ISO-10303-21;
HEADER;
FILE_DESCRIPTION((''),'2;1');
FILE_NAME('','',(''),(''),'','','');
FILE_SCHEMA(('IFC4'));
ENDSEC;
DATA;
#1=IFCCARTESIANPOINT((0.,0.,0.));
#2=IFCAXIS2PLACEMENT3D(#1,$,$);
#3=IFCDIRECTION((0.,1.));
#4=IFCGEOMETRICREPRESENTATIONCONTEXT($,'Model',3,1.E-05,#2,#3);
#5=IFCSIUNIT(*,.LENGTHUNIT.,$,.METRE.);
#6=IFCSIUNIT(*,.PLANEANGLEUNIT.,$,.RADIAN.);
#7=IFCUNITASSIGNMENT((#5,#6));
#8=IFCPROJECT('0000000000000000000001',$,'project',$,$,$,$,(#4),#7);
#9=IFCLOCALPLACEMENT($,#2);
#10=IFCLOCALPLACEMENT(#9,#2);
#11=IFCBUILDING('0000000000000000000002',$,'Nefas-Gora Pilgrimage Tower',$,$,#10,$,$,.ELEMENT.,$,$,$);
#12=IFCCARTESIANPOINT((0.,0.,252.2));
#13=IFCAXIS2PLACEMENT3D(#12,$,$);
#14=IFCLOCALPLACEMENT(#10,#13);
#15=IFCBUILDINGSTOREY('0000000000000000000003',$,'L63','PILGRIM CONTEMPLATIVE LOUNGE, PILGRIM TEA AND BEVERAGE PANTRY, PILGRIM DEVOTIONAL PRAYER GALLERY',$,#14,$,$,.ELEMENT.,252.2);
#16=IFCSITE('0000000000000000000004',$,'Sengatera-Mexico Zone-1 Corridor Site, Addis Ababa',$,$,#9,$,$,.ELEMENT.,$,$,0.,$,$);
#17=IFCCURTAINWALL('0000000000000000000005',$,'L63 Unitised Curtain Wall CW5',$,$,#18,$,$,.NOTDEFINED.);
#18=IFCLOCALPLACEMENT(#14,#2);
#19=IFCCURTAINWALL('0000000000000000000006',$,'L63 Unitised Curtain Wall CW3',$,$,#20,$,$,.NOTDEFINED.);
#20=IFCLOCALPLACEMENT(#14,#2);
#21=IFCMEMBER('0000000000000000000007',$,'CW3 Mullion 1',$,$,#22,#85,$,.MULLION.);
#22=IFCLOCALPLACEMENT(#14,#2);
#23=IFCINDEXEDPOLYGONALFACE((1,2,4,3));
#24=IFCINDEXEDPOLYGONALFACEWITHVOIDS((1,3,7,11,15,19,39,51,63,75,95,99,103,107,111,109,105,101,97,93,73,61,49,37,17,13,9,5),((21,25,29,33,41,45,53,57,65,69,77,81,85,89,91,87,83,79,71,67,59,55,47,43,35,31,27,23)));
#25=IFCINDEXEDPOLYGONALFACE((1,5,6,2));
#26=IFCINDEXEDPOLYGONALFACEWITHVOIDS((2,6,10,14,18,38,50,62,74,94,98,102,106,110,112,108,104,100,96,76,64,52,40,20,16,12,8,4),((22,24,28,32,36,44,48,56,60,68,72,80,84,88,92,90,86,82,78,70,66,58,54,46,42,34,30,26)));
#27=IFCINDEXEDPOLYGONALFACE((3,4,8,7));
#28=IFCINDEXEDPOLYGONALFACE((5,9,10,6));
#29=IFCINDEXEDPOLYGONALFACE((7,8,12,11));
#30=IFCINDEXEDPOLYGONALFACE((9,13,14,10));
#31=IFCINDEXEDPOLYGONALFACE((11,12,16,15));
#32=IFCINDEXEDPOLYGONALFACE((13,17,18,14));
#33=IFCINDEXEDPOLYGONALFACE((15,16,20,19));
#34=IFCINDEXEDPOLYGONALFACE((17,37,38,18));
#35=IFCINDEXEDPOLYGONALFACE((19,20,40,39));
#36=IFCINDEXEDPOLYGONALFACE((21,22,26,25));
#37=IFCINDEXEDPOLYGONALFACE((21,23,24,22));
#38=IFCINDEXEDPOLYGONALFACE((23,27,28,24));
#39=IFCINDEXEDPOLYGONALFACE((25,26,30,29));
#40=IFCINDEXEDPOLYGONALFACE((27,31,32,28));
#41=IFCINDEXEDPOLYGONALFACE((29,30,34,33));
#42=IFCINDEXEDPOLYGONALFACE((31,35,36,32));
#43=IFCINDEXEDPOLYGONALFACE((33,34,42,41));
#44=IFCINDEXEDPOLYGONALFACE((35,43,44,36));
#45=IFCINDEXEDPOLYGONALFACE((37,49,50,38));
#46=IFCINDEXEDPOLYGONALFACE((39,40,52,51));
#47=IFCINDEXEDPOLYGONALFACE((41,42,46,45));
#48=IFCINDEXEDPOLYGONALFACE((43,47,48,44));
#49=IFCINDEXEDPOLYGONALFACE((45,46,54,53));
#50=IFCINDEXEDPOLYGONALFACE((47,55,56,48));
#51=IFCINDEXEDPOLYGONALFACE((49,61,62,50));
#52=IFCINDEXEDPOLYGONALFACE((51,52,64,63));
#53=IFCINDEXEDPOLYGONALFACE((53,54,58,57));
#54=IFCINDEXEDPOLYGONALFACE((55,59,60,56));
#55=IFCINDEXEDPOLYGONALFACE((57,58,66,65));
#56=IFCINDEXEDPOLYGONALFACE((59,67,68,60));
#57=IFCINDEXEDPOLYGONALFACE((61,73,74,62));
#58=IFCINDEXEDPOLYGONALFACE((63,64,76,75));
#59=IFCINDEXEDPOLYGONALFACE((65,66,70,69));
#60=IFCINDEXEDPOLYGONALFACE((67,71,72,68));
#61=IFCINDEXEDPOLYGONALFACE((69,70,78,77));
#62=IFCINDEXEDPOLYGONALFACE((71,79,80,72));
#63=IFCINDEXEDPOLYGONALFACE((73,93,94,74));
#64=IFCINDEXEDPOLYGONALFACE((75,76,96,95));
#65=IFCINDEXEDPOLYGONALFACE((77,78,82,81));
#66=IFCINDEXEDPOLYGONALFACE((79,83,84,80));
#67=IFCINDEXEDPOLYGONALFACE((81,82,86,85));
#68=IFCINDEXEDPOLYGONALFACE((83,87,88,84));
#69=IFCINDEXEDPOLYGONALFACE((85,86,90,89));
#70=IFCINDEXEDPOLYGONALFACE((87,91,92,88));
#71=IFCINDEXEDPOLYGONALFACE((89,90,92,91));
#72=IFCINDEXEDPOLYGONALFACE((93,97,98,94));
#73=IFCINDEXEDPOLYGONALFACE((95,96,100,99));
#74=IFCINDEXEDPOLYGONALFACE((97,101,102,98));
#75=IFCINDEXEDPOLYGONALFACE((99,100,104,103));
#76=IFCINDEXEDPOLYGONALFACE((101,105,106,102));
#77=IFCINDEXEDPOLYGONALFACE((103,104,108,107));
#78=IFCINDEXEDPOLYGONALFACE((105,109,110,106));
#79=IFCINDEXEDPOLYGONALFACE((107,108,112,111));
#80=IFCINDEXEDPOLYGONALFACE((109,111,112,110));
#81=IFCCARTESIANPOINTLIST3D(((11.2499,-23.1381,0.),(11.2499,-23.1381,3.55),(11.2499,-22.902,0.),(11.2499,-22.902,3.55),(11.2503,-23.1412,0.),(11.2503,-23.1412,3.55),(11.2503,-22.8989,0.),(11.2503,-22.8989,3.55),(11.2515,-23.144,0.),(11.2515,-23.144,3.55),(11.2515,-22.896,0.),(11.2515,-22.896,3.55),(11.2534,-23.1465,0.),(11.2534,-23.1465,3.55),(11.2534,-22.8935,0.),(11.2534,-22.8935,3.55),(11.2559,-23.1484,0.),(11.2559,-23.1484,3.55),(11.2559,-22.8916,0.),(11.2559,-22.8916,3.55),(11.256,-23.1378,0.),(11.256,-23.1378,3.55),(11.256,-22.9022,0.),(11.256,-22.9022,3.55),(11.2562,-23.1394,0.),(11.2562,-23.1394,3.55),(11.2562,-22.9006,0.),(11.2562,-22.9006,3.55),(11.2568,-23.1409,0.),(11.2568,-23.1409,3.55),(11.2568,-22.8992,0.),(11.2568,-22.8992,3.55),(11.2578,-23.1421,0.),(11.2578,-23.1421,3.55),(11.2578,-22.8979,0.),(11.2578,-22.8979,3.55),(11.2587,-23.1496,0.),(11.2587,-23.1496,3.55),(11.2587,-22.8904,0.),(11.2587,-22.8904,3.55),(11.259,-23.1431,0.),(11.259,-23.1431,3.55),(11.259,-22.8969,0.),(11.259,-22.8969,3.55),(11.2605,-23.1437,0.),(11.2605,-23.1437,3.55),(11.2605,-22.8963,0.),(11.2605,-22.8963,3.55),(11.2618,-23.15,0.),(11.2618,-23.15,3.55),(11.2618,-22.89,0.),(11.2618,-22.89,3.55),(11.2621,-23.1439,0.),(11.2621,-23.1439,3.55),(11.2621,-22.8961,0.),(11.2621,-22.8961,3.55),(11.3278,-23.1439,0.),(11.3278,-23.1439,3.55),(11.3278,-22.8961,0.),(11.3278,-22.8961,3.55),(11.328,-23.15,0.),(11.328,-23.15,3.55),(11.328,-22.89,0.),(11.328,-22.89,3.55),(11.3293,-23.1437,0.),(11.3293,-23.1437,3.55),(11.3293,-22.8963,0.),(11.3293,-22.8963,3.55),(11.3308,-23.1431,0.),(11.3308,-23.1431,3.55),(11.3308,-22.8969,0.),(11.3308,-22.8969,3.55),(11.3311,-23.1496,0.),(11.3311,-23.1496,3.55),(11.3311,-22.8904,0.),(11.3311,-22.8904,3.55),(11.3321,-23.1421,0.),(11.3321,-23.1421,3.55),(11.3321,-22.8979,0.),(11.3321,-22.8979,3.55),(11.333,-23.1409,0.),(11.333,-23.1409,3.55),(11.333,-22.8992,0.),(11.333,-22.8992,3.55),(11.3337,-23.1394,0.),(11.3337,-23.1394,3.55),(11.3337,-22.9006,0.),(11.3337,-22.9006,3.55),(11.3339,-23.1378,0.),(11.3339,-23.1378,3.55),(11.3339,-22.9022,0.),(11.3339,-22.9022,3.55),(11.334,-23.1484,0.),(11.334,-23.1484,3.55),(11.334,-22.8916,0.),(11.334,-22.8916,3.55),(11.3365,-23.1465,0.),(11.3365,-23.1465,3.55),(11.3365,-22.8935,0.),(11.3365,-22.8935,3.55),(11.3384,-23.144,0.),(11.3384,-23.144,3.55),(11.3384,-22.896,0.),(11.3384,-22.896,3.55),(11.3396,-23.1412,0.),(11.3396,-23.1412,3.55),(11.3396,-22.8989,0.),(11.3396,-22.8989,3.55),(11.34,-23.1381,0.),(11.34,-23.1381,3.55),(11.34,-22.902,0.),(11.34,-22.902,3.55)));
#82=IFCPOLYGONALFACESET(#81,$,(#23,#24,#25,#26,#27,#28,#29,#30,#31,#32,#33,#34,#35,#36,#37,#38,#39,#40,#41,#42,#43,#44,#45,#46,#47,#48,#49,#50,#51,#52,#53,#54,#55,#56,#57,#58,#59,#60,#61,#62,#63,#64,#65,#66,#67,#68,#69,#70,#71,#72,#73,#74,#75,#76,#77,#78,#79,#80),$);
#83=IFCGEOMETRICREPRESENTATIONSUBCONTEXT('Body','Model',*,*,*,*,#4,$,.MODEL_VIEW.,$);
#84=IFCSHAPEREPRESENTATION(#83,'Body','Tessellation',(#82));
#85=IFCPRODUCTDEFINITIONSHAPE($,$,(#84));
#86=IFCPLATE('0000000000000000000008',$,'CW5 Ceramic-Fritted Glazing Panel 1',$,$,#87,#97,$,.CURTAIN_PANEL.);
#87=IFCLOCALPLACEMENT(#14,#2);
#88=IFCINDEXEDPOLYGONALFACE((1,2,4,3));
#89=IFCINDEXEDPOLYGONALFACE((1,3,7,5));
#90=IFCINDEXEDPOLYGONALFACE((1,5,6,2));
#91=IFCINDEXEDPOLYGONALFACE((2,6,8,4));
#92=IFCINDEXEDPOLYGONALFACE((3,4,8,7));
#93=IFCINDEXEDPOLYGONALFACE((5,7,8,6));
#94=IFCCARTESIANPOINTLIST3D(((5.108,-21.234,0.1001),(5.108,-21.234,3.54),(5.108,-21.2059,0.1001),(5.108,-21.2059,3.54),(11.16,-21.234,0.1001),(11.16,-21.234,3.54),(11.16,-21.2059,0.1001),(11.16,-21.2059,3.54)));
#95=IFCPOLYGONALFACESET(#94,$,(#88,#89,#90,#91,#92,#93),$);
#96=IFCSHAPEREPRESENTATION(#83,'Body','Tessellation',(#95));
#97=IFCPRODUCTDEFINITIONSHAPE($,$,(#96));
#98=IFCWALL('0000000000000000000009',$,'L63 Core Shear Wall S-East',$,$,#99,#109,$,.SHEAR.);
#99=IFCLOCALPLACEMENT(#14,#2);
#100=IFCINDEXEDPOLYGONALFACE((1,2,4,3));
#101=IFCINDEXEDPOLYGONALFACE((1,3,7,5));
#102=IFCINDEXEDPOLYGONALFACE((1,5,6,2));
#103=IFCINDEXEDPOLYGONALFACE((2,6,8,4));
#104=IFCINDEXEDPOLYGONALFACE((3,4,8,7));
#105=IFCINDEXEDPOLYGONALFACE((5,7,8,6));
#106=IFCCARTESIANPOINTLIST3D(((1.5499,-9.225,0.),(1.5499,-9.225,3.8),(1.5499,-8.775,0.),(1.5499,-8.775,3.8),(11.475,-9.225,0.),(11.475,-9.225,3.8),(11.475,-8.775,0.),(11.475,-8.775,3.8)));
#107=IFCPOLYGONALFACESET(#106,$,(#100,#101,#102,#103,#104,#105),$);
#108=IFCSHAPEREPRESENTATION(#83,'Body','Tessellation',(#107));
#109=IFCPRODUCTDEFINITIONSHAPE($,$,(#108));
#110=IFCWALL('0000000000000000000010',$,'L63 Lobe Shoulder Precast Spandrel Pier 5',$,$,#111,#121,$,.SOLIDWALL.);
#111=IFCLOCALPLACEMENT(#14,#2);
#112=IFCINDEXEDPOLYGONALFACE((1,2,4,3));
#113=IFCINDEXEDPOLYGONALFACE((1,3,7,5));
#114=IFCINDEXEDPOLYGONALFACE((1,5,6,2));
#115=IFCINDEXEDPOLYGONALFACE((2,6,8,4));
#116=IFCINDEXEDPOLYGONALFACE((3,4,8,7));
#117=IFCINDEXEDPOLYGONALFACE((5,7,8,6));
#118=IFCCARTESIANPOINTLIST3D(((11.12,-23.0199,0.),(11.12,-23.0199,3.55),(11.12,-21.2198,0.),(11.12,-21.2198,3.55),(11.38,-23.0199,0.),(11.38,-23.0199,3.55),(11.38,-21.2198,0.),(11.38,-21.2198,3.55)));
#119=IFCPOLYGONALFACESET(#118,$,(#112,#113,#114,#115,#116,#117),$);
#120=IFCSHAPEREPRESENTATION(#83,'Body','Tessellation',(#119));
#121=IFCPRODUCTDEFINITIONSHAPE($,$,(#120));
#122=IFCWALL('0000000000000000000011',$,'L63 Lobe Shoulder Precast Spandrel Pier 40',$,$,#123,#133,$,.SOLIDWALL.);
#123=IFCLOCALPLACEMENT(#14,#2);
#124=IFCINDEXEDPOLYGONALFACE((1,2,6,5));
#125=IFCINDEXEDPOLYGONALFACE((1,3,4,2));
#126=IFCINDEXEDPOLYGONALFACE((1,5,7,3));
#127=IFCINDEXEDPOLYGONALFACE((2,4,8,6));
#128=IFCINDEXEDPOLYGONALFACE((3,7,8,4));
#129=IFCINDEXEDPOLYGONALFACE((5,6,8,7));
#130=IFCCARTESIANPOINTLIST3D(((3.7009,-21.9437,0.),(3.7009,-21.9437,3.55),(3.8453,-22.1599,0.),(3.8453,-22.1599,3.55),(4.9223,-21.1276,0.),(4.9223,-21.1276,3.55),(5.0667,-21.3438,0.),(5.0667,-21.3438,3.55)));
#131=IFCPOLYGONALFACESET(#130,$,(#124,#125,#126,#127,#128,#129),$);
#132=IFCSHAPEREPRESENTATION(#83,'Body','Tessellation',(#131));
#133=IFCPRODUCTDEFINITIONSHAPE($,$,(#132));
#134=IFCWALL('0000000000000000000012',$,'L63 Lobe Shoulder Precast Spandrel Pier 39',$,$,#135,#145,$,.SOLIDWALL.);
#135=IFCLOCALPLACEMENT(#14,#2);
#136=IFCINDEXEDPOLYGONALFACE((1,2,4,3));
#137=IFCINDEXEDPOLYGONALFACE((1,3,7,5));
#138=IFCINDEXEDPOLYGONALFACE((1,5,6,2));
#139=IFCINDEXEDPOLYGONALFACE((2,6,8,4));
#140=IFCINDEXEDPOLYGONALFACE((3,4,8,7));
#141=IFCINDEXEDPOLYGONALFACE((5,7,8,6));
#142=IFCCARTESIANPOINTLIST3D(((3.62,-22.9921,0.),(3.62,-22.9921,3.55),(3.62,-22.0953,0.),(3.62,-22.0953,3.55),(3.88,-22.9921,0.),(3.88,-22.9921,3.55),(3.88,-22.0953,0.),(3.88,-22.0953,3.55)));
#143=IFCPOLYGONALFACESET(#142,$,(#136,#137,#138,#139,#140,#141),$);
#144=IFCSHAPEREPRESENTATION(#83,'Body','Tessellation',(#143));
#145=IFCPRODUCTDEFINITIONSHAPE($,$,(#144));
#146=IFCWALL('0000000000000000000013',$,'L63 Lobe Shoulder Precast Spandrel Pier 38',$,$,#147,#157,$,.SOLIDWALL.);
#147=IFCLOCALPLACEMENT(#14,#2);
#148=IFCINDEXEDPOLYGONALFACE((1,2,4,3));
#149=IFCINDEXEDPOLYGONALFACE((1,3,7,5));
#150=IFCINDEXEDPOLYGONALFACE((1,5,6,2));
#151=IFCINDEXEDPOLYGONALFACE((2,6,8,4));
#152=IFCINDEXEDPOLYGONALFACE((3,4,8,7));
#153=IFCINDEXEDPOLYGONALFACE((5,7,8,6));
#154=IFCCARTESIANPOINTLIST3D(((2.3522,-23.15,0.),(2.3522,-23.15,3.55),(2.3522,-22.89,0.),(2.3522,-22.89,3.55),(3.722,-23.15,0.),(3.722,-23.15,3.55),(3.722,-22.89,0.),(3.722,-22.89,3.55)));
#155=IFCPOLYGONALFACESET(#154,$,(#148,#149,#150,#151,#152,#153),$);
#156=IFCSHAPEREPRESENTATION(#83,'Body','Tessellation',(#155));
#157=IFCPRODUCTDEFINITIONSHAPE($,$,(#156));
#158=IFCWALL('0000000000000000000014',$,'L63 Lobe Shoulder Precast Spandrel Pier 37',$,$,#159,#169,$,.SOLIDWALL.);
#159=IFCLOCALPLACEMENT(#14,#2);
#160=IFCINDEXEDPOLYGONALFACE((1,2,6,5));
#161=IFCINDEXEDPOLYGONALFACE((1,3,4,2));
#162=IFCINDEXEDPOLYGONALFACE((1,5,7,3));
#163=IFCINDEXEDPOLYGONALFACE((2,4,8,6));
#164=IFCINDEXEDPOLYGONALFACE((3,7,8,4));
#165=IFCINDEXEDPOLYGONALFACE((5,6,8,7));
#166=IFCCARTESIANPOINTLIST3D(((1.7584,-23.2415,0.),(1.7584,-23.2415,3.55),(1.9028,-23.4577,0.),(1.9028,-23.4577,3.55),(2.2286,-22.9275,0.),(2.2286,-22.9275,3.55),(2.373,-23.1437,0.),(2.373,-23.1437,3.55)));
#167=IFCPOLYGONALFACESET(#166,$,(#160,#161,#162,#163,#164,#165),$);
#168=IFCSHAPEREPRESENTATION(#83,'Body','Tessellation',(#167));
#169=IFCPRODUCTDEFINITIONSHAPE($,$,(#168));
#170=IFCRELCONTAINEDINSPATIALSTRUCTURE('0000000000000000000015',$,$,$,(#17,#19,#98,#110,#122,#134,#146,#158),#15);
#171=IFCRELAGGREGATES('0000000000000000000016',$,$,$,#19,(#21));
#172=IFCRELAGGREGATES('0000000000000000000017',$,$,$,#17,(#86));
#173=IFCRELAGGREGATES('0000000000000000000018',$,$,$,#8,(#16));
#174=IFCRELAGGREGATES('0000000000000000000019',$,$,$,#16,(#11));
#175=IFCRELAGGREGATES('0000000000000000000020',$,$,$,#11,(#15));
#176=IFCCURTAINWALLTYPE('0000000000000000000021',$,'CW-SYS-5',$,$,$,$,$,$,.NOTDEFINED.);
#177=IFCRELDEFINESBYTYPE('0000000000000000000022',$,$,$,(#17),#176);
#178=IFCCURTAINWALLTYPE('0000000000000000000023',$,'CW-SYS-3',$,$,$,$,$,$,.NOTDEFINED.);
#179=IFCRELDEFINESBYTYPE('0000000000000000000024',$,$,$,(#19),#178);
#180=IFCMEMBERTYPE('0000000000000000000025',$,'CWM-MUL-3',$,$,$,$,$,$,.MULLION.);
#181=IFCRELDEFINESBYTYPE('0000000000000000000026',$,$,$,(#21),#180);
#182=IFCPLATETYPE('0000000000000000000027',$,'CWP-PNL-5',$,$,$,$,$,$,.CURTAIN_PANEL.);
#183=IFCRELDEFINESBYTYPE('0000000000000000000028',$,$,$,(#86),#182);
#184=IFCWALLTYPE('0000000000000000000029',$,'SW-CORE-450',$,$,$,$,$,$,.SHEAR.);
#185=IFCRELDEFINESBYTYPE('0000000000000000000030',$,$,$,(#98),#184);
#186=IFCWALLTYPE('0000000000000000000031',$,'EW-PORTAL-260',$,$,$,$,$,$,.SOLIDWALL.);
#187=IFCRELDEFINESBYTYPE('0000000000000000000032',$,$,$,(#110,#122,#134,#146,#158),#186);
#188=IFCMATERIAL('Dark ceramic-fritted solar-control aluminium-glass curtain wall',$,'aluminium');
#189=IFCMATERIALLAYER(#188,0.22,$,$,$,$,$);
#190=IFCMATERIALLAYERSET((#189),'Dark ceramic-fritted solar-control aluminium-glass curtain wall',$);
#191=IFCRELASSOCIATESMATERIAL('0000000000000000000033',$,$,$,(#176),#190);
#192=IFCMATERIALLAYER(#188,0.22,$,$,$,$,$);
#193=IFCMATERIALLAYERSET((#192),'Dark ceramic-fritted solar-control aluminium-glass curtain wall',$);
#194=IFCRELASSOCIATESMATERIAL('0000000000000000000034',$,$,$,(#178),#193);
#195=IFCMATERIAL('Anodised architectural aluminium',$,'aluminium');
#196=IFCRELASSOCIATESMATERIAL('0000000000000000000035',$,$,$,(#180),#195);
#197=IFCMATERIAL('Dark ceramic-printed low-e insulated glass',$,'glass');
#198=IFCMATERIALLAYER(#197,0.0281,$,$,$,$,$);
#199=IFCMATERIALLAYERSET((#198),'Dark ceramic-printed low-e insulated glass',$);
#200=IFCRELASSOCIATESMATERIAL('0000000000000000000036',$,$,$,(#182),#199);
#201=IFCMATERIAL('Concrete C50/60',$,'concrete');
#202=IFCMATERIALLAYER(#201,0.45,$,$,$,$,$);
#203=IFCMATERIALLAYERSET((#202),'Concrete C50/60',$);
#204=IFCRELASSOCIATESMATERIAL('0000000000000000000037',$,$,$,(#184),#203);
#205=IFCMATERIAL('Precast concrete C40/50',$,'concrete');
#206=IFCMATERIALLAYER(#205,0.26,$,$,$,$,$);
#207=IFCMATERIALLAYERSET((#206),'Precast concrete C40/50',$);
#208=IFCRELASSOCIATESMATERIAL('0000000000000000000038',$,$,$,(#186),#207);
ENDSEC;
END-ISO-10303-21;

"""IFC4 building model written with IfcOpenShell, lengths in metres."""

from ifc_helpers import new_model, si_unit, direction, frame, frame_2d, origin, origin_2d, place, context, subcontext, project, spatial, rectangle, hollow_rectangle, extrude, source, transform, mapped, material, layer, layer_set, material_profile, profile_set, type_object, element, aggregate, save


model = new_model("IFC4")

# Units and contexts
model_context = context("Model", 3, precision=1e-05, world=origin(), true_north=direction((0.0, 1.0)))
body_context = subcontext(model_context, "Body", "Model", "MODEL_VIEW")
ifc_project = project(units=[si_unit("LENGTHUNIT", "METRE"), si_unit("PLANEANGLEUNIT", "RADIAN")], contexts=[model_context])

# Site, building, storey
site_placement = place(None, origin())
site = spatial("IfcSite", under=ifc_project, at=site_placement, Name="Sengatera-Mexico Zone-1 Corridor Site, Addis Ababa", CompositionType="ELEMENT", RefElevation=0.0)
building_placement = place(site_placement, origin())
building = spatial("IfcBuilding", under=site, at=building_placement, Name="Nefas-Gora Pilgrimage Tower", CompositionType="ELEMENT")
storey_placement = place(building_placement, frame((0.0, 0.0, 252.2)))
storey = spatial("IfcBuildingStorey", under=building, at=storey_placement, Name="L63", Description="PILGRIM CONTEMPLATIVE LOUNGE, PILGRIM TEA AND BEVERAGE PANTRY, PILGRIM DEVOTIONAL PRAYER GALLERY", CompositionType="ELEMENT", Elevation=252.2)

# Curtain wall
ifc_material_1 = material(Name="Dark ceramic-fritted solar-control aluminium-glass curtain wall", Category="aluminium")
ifc_layer_1 = layer(ifc_material_1, 0.22)
ifc_layer_set_1 = layer_set([ifc_layer_1], Name="Dark ceramic-fritted solar-control aluminium-glass curtain wall")
curtain_wall_type_1 = type_object("IfcCurtainWallType", Name="CW-SYS-5", PredefinedType="NOTDEFINED", material=ifc_layer_set_1)
curtain_wall_1_placement = place(storey_placement, origin())
curtain_wall_1 = element("IfcCurtainWall", 1, at=curtain_wall_1_placement, inside=storey, type_object=curtain_wall_type_1, Name="L63 Unitised Curtain Wall CW5", PredefinedType="NOTDEFINED")
ifc_material_2 = material(Name="Anodised architectural aluminium", Category="aluminium")

# Curtain wall, member
ifc_layer_2 = layer(ifc_material_1, 0.22)
ifc_layer_set_2 = layer_set([ifc_layer_2], Name="Dark ceramic-fritted solar-control aluminium-glass curtain wall")
curtain_wall_type_2 = type_object("IfcCurtainWallType", Name="CW-SYS-3", PredefinedType="NOTDEFINED", material=ifc_layer_set_2)
curtain_wall_2_placement = place(storey_placement, origin())
curtain_wall_2 = element("IfcCurtainWall", 2, at=curtain_wall_2_placement, inside=storey, type_object=curtain_wall_type_2, Name="L63 Unitised Curtain Wall CW3", PredefinedType="NOTDEFINED")
ifc_material_profile_1 = material_profile(ifc_material_2, hollow_rectangle(XDim=0.0901, YDim=0.26, WallThickness=0.0061, InnerFilletRadius=0.0061, OuterFilletRadius=0.012, at=origin_2d()), Name="ALU MULLION 90x260")
ifc_profile_set_1 = profile_set([ifc_material_profile_1], Name="Anodised architectural aluminium")
member_type_1 = type_object("IfcMemberType", Name="CWM-MUL-3", PredefinedType="MULLION", material=ifc_profile_set_1)
shared_shape_1 = source(origin(), body_context, "Body", "SweptSolid", [
    extrude(hollow_rectangle(XDim=0.0901, YDim=0.26, WallThickness=0.0061, InnerFilletRadius=0.0061, OuterFilletRadius=0.012, at=origin_2d()), origin(), (0.0, 0.0, 1.0), 3.55),
])
member_1_placement = place(storey_placement, frame((11.2949, -23.02, 0.0), z_axis=(0.0, 0.0, 1.0), x_axis=(1.0, 0.0, 0.0)))
member_1 = element("IfcMember", 3, at=member_1_placement, type_object=member_type_1, Name="CW3 Mullion 1", PredefinedType="MULLION", context=body_context, shape_type="MappedRepresentation", body=[
    mapped(shared_shape_1, transform((0.0, 0.0, 0.0), x_axis=(1.0, 0.0, 0.0), y_axis=(0.0, 1.0, 0.0), z_axis=(0.0, 0.0, 1.0), scale=1.0)),
])
aggregate(curtain_wall_2, [member_1])

# Plate
ifc_material_3 = material(Name="Dark ceramic-printed low-e insulated glass", Category="glass")
ifc_layer_3 = layer(ifc_material_3, 0.0281)
ifc_layer_set_3 = layer_set([ifc_layer_3], Name="Dark ceramic-printed low-e insulated glass")
plate_type = type_object("IfcPlateType", Name="CWP-PNL-5", PredefinedType="CURTAIN_PANEL", material=ifc_layer_set_3)
shared_shape_2 = source(origin(), body_context, "Body", "SweptSolid", [
    extrude(rectangle(XDim=6.052, YDim=0.0281, at=origin_2d()), origin(), (0.0, 0.0, 1.0), 3.4399),
])
plate_placement = place(storey_placement, frame((8.134, -21.22, 0.1001), z_axis=(0.0, 0.0, 1.0), x_axis=(1.0, 0.0, 0.0)))
plate = element("IfcPlate", 4, at=plate_placement, type_object=plate_type, Name="CW5 Ceramic-Fritted Glazing Panel 1", PredefinedType="CURTAIN_PANEL", context=body_context, shape_type="MappedRepresentation", body=[
    mapped(shared_shape_2, transform((0.0, 0.0, 0.0), x_axis=(1.0, 0.0, 0.0), y_axis=(0.0, 1.0, 0.0), z_axis=(0.0, 0.0, 1.0), scale=1.0)),
])
aggregate(curtain_wall_1, [plate])

# Walls
ifc_material_4 = material(Name="Concrete C50/60", Category="concrete")
ifc_layer_4 = layer(ifc_material_4, 0.45)
ifc_layer_set_4 = layer_set([ifc_layer_4], Name="Concrete C50/60")
wall_type_1 = type_object("IfcWallType", Name="SW-CORE-450", PredefinedType="SHEAR", material=ifc_layer_set_4)
shared_shape_3 = source(origin(), body_context, "Body", "SweptSolid", [
    extrude(rectangle(XDim=9.925, YDim=0.45, at=frame_2d((4.9624, 0.0))), origin(), (0.0, 0.0, 1.0), 3.8),
])
wall_1_placement = place(storey_placement, frame((1.55, -9.0, 0.0), z_axis=(0.0, 0.0, 1.0), x_axis=(1.0, 0.0, 0.0)))
element("IfcWall", 5, at=wall_1_placement, inside=storey, type_object=wall_type_1, Name="L63 Core Shear Wall S-East", PredefinedType="SHEAR", context=body_context, shape_type="MappedRepresentation", body=[
    mapped(shared_shape_3, transform((0.0, 0.0, 0.0), x_axis=(1.0, 0.0, 0.0), y_axis=(0.0, 1.0, 0.0), z_axis=(0.0, 0.0, 1.0), scale=1.0)),
])
ifc_material_5 = material(Name="Precast concrete C40/50", Category="concrete")
ifc_layer_5 = layer(ifc_material_5, 0.26)
ifc_layer_set_5 = layer_set([ifc_layer_5], Name="Precast concrete C40/50")
wall_type_2 = type_object("IfcWallType", Name="EW-PORTAL-260", PredefinedType="SOLIDWALL", material=ifc_layer_set_5)
shared_shape_4 = source(origin(), body_context, "Body", "SweptSolid", [
    extrude(rectangle(XDim=1.8, YDim=0.26, at=frame_2d((0.8999, 0.0))), origin(), (0.0, 0.0, 1.0), 3.55),
])
wall_2_placement = place(storey_placement, frame((11.25, -21.22, 0.0), z_axis=(0.0, 0.0, 1.0), x_axis=(0.0, -1.0, 0.0)))
element("IfcWall", 6, at=wall_2_placement, inside=storey, type_object=wall_type_2, Name="L63 Lobe Shoulder Precast Spandrel Pier 5", PredefinedType="SOLIDWALL", context=body_context, shape_type="MappedRepresentation", body=[
    mapped(shared_shape_4, transform((0.0, 0.0, 0.0), x_axis=(1.0, 0.0, 0.0), y_axis=(0.0, 1.0, 0.0), z_axis=(0.0, 0.0, 1.0), scale=1.0)),
])
shared_shape_5 = source(origin(), body_context, "Body", "SweptSolid", [
    extrude(rectangle(XDim=1.469, YDim=0.26, at=frame_2d((0.7344, 0.0))), origin(), (0.0, 0.0, 1.0), 3.55),
])
wall_3_placement = place(storey_placement, frame((3.7732, -22.0518, 0.0), z_axis=(0.0, 0.0, 1.0), x_axis=(0.831462, 0.555582, 0.0)))
element("IfcWall", 7, at=wall_3_placement, inside=storey, type_object=wall_type_2, Name="L63 Lobe Shoulder Precast Spandrel Pier 40", PredefinedType="SOLIDWALL", context=body_context, shape_type="MappedRepresentation", body=[
    mapped(shared_shape_5, transform((0.0, 0.0, 0.0), x_axis=(1.0, 0.0, 0.0), y_axis=(0.0, 1.0, 0.0), z_axis=(0.0, 0.0, 1.0), scale=1.0)),
])
shared_shape_6 = source(origin(), body_context, "Body", "SweptSolid", [
    extrude(rectangle(XDim=0.8967, YDim=0.26, at=frame_2d((0.4482, 0.0))), origin(), (0.0, 0.0, 1.0), 3.55),
])
wall_4_placement = place(storey_placement, frame((3.75, -22.9919, 0.0), z_axis=(0.0, 0.0, 1.0), x_axis=(0.0, 1.0, 0.0)))
element("IfcWall", 8, at=wall_4_placement, inside=storey, type_object=wall_type_2, Name="L63 Lobe Shoulder Precast Spandrel Pier 39", PredefinedType="SOLIDWALL", context=body_context, shape_type="MappedRepresentation", body=[
    mapped(shared_shape_6, transform((0.0, 0.0, 0.0), x_axis=(1.0, 0.0, 0.0), y_axis=(0.0, 1.0, 0.0), z_axis=(0.0, 0.0, 1.0), scale=1.0)),
])
shared_shape_7 = source(origin(), body_context, "Body", "SweptSolid", [
    extrude(rectangle(XDim=1.3699, YDim=0.26, at=frame_2d((0.6851, 0.0))), origin(), (0.0, 0.0, 1.0), 3.55),
])
wall_5_placement = place(storey_placement, frame((2.3521, -23.02, 0.0), z_axis=(0.0, 0.0, 1.0), x_axis=(1.0, 0.0, 0.0)))
element("IfcWall", 9, at=wall_5_placement, inside=storey, type_object=wall_type_2, Name="L63 Lobe Shoulder Precast Spandrel Pier 38", PredefinedType="SOLIDWALL", context=body_context, shape_type="MappedRepresentation", body=[
    mapped(shared_shape_7, transform((0.0, 0.0, 0.0), x_axis=(1.0, 0.0, 0.0), y_axis=(0.0, 1.0, 0.0), z_axis=(0.0, 0.0, 1.0), scale=1.0)),
])
shared_shape_8 = source(origin(), body_context, "Body", "SweptSolid", [
    extrude(rectangle(XDim=0.5654, YDim=0.26, at=frame_2d((0.2827, 0.0))), origin(), (0.0, 0.0, 1.0), 3.55),
])
wall_6_placement = place(storey_placement, frame((1.8306, -23.3496, 0.0), z_axis=(0.0, 0.0, 1.0), x_axis=(0.831651, 0.555298, 0.0)))
element("IfcWall", 10, at=wall_6_placement, inside=storey, type_object=wall_type_2, Name="L63 Lobe Shoulder Precast Spandrel Pier 37", PredefinedType="SOLIDWALL", context=body_context, shape_type="MappedRepresentation", body=[
    mapped(shared_shape_8, transform((0.0, 0.0, 0.0), x_axis=(1.0, 0.0, 0.0), y_axis=(0.0, 1.0, 0.0), z_axis=(0.0, 0.0, 1.0), scale=1.0)),
])

save(model, "model.ifc")
